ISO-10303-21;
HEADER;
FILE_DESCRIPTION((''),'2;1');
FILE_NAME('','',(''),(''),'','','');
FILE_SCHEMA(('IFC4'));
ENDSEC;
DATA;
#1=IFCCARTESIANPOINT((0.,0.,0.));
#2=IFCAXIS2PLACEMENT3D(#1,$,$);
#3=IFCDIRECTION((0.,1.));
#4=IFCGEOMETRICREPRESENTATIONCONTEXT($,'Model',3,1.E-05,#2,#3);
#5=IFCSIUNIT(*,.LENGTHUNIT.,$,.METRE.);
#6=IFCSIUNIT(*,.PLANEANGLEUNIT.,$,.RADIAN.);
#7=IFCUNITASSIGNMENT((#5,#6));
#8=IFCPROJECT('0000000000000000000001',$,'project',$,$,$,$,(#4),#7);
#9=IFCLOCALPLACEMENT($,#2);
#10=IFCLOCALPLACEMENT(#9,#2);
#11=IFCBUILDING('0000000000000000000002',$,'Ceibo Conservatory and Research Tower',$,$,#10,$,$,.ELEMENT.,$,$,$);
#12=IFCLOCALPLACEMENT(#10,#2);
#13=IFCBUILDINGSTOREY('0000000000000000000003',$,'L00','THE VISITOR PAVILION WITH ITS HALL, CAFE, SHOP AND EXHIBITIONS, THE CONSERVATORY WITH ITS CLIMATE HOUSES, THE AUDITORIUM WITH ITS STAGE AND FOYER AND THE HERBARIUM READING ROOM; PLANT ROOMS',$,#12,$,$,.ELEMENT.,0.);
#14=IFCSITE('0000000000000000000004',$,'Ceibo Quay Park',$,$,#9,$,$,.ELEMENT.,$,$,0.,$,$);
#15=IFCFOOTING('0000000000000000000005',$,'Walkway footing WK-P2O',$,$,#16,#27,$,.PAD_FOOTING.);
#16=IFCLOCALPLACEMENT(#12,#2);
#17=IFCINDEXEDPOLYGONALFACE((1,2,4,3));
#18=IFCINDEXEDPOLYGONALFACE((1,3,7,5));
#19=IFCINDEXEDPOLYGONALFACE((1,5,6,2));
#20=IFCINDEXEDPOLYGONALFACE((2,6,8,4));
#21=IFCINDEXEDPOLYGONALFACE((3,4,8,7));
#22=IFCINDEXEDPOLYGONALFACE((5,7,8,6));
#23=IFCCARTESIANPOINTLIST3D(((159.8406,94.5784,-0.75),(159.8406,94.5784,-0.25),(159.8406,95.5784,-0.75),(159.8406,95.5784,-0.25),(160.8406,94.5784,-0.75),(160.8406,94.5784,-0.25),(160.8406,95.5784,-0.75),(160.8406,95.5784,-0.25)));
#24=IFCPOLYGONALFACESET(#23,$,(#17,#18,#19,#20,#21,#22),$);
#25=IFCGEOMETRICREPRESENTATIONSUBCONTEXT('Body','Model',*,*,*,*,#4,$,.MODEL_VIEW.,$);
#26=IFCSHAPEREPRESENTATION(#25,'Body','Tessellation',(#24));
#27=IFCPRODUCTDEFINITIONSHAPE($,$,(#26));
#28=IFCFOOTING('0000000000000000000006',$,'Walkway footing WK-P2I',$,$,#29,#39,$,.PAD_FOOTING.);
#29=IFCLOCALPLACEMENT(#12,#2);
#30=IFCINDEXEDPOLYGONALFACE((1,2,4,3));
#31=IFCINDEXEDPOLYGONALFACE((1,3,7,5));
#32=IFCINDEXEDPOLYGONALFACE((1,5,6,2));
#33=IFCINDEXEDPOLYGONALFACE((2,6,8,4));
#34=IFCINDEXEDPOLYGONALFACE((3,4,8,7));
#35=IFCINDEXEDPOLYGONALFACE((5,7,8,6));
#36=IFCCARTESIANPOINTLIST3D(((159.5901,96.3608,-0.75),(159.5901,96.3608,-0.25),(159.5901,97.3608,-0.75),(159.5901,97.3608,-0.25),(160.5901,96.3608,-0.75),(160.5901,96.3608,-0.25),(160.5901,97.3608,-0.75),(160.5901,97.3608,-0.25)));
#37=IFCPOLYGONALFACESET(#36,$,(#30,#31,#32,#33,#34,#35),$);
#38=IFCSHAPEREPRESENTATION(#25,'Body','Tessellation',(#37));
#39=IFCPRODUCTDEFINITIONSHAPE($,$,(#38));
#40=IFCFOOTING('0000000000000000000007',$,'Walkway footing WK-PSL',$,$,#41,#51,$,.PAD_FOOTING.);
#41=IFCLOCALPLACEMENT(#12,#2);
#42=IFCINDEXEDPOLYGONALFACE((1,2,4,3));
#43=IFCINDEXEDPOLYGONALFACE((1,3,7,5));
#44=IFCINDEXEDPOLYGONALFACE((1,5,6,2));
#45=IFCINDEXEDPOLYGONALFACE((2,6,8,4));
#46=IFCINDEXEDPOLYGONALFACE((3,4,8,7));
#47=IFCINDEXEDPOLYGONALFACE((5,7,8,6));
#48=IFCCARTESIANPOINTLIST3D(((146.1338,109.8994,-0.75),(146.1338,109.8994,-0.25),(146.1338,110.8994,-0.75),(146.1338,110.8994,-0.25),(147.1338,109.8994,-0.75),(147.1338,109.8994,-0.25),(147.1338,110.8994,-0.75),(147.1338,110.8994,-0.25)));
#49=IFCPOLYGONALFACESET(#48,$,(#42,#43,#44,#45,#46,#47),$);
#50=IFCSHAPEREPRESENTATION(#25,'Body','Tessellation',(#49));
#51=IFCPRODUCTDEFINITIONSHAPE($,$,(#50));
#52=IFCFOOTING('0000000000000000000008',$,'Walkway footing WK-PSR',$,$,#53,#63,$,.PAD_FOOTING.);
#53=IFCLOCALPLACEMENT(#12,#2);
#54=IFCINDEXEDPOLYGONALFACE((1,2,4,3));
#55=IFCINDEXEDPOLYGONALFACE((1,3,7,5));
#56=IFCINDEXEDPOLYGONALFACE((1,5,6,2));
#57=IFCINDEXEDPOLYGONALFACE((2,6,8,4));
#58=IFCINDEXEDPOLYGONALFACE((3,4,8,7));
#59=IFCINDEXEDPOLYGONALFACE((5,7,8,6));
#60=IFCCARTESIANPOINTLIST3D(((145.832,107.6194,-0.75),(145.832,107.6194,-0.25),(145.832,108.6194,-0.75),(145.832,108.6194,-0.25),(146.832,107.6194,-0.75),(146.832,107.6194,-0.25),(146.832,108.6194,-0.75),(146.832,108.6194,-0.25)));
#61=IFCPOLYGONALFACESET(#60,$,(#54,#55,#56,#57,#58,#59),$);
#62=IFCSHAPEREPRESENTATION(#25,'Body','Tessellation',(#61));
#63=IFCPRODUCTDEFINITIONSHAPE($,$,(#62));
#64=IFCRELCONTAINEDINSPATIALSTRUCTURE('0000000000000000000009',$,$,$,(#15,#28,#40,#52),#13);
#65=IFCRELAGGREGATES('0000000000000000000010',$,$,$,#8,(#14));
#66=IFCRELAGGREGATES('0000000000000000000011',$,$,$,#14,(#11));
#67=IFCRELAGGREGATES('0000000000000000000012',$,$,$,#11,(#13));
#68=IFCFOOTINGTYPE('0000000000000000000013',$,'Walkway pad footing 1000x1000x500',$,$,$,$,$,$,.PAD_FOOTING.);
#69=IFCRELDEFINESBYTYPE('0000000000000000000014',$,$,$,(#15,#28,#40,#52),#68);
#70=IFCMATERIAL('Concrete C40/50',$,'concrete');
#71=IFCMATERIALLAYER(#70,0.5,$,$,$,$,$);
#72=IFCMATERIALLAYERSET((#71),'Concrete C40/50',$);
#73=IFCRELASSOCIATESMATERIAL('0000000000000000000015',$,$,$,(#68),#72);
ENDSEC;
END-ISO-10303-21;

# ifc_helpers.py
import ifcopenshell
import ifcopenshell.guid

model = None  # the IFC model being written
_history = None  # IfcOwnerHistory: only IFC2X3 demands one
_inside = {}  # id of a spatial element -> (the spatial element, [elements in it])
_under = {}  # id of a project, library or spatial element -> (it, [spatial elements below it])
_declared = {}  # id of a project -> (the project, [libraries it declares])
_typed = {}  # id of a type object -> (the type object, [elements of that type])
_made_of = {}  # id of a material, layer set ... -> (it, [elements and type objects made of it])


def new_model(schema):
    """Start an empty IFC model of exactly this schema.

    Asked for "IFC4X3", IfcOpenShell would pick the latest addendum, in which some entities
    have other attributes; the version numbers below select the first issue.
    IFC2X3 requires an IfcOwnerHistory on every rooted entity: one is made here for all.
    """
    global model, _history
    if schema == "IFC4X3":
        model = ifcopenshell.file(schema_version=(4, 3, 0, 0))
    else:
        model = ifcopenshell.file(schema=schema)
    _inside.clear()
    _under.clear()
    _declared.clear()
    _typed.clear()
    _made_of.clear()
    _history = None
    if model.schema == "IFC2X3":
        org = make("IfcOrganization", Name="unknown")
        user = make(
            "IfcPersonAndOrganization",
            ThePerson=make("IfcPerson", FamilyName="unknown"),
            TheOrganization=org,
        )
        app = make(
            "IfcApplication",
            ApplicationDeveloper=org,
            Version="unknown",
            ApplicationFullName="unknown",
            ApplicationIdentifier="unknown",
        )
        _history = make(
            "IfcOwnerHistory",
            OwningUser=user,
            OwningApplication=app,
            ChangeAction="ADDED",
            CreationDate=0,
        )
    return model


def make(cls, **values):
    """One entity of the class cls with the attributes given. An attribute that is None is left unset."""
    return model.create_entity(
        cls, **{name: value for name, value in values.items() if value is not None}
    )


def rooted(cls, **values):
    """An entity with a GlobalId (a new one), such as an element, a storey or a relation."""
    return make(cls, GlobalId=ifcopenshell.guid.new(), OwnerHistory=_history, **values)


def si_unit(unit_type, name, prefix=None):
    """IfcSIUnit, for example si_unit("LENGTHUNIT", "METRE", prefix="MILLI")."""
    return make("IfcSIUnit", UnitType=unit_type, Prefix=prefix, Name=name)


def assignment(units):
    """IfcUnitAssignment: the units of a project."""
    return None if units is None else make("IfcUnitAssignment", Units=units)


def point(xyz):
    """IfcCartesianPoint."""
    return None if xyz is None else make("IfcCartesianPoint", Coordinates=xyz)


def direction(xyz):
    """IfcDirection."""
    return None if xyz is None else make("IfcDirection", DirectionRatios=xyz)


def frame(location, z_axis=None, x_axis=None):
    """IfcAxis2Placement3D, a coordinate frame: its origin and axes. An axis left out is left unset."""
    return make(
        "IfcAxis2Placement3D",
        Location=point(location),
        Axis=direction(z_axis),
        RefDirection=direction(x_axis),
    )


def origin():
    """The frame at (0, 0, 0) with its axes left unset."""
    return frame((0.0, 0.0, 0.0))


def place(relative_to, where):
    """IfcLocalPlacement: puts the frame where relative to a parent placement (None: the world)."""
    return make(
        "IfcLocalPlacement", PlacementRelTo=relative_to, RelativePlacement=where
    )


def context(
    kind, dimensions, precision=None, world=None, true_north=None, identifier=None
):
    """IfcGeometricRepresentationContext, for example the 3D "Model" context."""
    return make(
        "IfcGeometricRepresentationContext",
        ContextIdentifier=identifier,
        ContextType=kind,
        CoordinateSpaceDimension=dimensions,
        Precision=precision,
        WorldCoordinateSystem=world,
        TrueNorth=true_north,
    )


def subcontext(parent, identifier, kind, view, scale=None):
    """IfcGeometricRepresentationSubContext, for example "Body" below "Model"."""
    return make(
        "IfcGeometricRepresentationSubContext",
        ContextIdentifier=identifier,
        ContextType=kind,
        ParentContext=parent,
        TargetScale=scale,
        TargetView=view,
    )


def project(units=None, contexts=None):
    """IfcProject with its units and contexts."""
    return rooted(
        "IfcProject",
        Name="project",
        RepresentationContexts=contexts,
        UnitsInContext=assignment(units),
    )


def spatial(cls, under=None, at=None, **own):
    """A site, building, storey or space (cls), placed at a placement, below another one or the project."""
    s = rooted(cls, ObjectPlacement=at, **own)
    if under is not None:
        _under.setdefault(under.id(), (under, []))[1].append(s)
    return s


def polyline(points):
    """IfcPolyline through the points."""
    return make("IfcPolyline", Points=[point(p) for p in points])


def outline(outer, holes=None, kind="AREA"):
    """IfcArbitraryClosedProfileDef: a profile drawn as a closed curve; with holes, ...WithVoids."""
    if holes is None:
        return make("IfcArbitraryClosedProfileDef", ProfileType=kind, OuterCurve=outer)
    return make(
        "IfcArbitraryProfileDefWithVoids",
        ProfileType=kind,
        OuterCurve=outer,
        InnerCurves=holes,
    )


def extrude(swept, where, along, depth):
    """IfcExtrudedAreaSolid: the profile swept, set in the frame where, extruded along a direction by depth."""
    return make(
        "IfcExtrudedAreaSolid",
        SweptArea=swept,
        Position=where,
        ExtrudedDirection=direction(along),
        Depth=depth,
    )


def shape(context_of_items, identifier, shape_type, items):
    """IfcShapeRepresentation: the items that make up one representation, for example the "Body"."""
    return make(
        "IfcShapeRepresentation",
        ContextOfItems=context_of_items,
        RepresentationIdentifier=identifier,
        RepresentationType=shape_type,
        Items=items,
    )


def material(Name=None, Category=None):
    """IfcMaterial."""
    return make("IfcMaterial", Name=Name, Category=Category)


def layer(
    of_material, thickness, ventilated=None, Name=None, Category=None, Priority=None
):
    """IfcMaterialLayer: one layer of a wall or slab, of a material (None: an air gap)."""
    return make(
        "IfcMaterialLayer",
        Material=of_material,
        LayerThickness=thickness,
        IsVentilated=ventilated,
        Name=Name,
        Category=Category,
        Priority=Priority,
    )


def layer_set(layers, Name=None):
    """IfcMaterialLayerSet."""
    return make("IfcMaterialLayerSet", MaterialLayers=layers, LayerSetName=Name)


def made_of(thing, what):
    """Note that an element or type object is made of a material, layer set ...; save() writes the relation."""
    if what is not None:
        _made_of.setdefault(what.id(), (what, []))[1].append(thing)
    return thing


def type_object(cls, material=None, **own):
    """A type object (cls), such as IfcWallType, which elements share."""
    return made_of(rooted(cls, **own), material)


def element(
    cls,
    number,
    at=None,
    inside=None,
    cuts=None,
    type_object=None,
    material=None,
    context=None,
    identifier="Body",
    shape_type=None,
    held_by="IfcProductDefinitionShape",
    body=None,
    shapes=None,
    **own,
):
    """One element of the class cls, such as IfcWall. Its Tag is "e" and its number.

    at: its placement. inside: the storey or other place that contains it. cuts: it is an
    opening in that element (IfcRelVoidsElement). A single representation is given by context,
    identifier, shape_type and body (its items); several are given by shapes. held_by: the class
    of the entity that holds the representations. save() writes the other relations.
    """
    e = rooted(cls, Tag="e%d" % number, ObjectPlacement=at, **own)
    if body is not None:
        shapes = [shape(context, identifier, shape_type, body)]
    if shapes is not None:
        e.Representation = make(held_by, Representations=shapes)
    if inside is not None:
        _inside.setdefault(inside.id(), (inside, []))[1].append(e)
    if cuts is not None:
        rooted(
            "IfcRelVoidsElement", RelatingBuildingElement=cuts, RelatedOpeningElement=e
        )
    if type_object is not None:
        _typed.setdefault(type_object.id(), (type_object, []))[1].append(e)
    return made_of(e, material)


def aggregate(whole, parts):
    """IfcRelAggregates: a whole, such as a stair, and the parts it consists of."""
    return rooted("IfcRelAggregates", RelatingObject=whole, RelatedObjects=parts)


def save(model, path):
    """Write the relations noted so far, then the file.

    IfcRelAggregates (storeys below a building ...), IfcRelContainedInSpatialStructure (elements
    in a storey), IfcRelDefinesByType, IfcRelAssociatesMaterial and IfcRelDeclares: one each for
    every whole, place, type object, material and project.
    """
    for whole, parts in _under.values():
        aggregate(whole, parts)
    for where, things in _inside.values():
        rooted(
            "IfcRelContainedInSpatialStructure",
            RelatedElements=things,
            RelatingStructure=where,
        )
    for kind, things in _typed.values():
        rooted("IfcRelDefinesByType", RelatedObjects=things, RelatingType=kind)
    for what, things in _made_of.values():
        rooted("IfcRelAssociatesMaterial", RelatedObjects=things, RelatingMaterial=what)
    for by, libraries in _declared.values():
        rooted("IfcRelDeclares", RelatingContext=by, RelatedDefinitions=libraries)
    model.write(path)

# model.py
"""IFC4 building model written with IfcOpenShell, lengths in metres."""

from ifc_helpers import new_model, si_unit, direction, frame, origin, place, context, subcontext, project, spatial, polyline, outline, extrude, material, layer, layer_set, type_object, element, save


model = new_model("IFC4")

# Units and contexts
model_context = context("Model", 3, precision=1e-05, world=origin(), true_north=direction((0.0, 1.0)))
body_context = subcontext(model_context, "Body", "Model", "MODEL_VIEW")
ifc_project = project(units=[si_unit("LENGTHUNIT", "METRE"), si_unit("PLANEANGLEUNIT", "RADIAN")], contexts=[model_context])

# Site, building, storey
site_placement = place(None, origin())
site = spatial("IfcSite", under=ifc_project, at=site_placement, Name="Ceibo Quay Park", CompositionType="ELEMENT", RefElevation=0.0)
building_placement = place(site_placement, origin())
building = spatial("IfcBuilding", under=site, at=building_placement, Name="Ceibo Conservatory and Research Tower", CompositionType="ELEMENT")
storey_placement = place(building_placement, origin())
storey = spatial("IfcBuildingStorey", under=building, at=storey_placement, Name="L00", Description="THE VISITOR PAVILION WITH ITS HALL, CAFE, SHOP AND EXHIBITIONS, THE CONSERVATORY WITH ITS CLIMATE HOUSES, THE AUDITORIUM WITH ITS STAGE AND FOYER AND THE HERBARIUM READING ROOM; PLANT ROOMS", CompositionType="ELEMENT", Elevation=0.0)

# Footings
ifc_material = material(Name="Concrete C40/50", Category="concrete")
ifc_layer_1 = layer(ifc_material, 0.5)
ifc_layer_set_1 = layer_set([ifc_layer_1], Name="Concrete C40/50")
footing_type_1 = type_object("IfcFootingType", Name="Walkway pad footing 1000x1000x500", PredefinedType="PAD_FOOTING", material=ifc_layer_set_1)
footing_1_placement = place(storey_placement, frame((0.0, 0.0, -0.75)))
element("IfcFooting", 1, at=footing_1_placement, inside=storey, type_object=footing_type_1, Name="Walkway footing WK-P2O", PredefinedType="PAD_FOOTING", context=body_context, shape_type="SweptSolid", body=[
    extrude(outline(polyline([(159.8406, 94.5784), (160.8406, 94.5784), (160.8406, 95.5784), (159.8406, 95.5784), (159.8406, 94.5784)])), origin(), (0.0, 0.0, 1.0), 0.5),
])
footing_2_placement = place(storey_placement, frame((0.0, 0.0, -0.75)))
element("IfcFooting", 2, at=footing_2_placement, inside=storey, type_object=footing_type_1, Name="Walkway footing WK-P2I", PredefinedType="PAD_FOOTING", context=body_context, shape_type="SweptSolid", body=[
    extrude(outline(polyline([(159.5901, 96.3608), (160.5901, 96.3608), (160.5901, 97.3608), (159.5901, 97.3608), (159.5901, 96.3608)])), origin(), (0.0, 0.0, 1.0), 0.5),
])
footing_3_placement = place(storey_placement, frame((0.0, 0.0, -0.75)))
element("IfcFooting", 3, at=footing_3_placement, inside=storey, type_object=footing_type_1, Name="Walkway footing WK-PSL", PredefinedType="PAD_FOOTING", context=body_context, shape_type="SweptSolid", body=[
    extrude(outline(polyline([(146.1338, 109.8994), (147.1338, 109.8994), (147.1338, 110.8994), (146.1338, 110.8994), (146.1338, 109.8994)])), origin(), (0.0, 0.0, 1.0), 0.5),
])
footing_4_placement = place(storey_placement, frame((0.0, 0.0, -0.75)))
element("IfcFooting", 4, at=footing_4_placement, inside=storey, type_object=footing_type_1, Name="Walkway footing WK-PSR", PredefinedType="PAD_FOOTING", context=body_context, shape_type="SweptSolid", body=[
    extrude(outline(polyline([(145.832, 107.6194), (146.832, 107.6194), (146.832, 108.6194), (145.832, 108.6194), (145.832, 107.6194)])), origin(), (0.0, 0.0, 1.0), 0.5),
])

save(model, "model.ifc")
